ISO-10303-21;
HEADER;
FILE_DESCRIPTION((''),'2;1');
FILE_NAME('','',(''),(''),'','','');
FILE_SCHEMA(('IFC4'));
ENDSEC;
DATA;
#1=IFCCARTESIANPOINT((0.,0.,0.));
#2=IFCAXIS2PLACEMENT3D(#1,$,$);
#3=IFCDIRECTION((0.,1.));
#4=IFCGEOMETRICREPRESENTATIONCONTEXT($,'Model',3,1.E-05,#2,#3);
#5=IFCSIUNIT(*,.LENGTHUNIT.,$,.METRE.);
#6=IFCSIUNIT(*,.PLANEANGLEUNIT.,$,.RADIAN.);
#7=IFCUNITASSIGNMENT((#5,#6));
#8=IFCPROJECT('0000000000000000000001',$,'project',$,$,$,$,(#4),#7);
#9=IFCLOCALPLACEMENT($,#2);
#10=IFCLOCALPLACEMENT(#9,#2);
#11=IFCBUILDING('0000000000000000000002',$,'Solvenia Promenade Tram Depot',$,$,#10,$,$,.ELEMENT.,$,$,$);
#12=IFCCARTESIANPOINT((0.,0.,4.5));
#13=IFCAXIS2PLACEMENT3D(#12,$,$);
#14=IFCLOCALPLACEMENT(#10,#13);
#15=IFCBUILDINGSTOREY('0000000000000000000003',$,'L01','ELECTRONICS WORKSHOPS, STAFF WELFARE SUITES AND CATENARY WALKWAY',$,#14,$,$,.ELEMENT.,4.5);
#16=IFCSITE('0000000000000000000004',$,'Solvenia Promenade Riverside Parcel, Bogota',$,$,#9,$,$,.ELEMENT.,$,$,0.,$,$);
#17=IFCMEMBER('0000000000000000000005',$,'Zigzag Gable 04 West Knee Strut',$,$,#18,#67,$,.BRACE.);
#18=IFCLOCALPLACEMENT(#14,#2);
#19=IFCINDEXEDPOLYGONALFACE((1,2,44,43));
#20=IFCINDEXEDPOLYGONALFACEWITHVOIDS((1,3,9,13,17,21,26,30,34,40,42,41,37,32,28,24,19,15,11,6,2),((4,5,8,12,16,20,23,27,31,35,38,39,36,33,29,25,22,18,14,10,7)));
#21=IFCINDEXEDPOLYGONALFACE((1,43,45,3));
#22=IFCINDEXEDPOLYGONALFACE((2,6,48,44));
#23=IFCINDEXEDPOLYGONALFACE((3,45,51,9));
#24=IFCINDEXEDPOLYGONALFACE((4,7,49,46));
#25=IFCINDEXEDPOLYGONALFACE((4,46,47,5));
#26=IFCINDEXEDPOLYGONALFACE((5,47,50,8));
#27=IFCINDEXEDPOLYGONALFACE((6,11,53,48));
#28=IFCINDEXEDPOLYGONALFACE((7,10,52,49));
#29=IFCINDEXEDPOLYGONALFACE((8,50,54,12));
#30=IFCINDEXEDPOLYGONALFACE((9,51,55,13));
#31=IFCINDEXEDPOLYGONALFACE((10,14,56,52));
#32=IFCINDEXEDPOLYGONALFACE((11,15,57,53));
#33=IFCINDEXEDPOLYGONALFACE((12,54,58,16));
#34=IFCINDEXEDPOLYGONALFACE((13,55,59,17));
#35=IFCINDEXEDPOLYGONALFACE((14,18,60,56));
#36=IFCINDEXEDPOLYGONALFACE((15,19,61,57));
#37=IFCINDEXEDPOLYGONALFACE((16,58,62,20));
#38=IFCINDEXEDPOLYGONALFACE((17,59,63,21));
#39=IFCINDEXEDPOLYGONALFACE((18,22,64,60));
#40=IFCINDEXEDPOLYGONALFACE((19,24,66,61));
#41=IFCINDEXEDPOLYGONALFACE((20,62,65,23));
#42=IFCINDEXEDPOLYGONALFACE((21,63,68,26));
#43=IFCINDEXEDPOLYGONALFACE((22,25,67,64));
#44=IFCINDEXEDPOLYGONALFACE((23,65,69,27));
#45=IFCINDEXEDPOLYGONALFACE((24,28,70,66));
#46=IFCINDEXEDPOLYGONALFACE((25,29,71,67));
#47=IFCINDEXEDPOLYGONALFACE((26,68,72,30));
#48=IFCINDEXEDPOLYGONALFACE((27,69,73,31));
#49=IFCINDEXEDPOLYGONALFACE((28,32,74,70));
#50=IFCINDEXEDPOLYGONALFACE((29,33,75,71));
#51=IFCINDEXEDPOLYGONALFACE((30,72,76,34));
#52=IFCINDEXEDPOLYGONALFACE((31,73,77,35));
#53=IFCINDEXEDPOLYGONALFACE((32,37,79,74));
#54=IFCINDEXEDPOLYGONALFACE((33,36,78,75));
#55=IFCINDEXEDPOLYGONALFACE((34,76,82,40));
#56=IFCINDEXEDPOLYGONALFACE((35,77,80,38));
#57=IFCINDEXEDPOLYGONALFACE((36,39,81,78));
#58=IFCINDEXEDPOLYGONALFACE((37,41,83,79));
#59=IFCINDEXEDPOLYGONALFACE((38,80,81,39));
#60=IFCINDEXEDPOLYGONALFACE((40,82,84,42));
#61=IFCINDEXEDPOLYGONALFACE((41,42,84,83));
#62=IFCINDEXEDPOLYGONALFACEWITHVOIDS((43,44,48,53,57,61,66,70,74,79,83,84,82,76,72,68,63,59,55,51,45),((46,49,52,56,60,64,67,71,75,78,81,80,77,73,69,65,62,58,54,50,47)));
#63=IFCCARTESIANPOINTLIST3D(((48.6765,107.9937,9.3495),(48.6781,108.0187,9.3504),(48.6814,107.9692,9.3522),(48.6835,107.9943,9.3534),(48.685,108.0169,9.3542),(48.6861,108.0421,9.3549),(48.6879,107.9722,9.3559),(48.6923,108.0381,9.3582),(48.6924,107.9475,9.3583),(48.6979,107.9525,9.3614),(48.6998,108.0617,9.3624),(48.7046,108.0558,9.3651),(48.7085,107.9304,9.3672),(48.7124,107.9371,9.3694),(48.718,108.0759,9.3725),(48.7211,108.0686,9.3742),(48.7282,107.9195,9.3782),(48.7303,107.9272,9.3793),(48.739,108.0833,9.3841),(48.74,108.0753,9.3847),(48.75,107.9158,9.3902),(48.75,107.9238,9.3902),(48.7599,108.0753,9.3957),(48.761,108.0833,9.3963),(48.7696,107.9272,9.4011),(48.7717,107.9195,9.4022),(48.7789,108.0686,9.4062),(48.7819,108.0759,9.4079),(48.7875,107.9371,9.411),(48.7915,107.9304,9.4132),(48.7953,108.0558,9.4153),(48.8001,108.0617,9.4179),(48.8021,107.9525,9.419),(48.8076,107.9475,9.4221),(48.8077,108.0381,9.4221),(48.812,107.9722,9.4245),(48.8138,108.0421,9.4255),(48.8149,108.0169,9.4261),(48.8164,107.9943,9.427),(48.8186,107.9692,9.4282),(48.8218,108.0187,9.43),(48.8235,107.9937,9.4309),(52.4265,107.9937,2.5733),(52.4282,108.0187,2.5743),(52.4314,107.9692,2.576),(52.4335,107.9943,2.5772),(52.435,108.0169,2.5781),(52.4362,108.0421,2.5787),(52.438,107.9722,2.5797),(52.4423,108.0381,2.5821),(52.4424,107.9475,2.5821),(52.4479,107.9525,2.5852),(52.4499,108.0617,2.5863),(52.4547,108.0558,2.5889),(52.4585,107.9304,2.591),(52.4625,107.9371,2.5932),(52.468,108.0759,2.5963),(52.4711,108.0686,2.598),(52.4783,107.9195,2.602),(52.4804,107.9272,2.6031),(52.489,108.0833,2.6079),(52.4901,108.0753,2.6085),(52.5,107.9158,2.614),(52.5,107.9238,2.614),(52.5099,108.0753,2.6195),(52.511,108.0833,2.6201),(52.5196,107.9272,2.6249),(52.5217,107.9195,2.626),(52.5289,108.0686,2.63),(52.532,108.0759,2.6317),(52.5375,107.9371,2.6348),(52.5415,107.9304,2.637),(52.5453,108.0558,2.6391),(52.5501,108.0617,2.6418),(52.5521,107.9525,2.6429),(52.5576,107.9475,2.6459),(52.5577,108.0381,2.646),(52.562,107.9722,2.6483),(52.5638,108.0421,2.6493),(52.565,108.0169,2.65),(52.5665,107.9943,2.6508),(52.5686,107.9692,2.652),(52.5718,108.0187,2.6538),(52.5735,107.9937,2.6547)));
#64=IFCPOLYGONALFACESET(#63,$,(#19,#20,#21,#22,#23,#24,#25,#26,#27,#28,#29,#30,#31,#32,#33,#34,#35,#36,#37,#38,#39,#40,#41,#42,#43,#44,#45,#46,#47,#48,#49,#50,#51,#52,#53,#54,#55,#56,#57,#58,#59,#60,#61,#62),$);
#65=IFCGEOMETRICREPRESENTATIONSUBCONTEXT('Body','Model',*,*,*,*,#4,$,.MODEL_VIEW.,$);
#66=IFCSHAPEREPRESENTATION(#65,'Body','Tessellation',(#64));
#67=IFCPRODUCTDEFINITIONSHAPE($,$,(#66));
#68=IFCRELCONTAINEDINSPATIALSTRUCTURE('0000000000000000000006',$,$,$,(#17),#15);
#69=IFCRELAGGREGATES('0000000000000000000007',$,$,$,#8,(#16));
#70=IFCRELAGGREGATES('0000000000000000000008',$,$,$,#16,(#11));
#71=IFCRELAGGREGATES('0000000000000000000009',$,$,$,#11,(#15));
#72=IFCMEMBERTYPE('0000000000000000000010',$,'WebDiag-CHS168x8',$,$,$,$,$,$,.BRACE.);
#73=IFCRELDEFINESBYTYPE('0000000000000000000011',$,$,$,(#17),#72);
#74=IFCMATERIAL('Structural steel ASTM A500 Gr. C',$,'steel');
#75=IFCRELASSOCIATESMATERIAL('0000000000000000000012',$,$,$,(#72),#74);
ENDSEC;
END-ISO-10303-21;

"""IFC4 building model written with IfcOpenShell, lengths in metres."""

from ifc_helpers import new_model, si_unit, direction, frame, origin, origin_2d, place, context, subcontext, project, spatial, hollow_circle, extrude, material, material_profile, profile_set, type_object, element, save


model = new_model("IFC4")

# Units and contexts
model_context = context("Model", 3, precision=1e-05, world=origin(), true_north=direction((0.0, 1.0)))
body_context = subcontext(model_context, "Body", "Model", "MODEL_VIEW")
ifc_project = project(units=[si_unit("LENGTHUNIT", "METRE"), si_unit("PLANEANGLEUNIT", "RADIAN")], contexts=[model_context])

# Site, building, storey
site_placement = place(None, origin())
site = spatial("IfcSite", under=ifc_project, at=site_placement, Name="Solvenia Promenade Riverside Parcel, Bogota", CompositionType="ELEMENT", RefElevation=0.0)
building_placement = place(site_placement, origin())
building = spatial("IfcBuilding", under=site, at=building_placement, Name="Solvenia Promenade Tram Depot", CompositionType="ELEMENT")
storey_placement = place(building_placement, frame((0.0, 0.0, 4.5)))
storey = spatial("IfcBuildingStorey", under=building, at=storey_placement, Name="L01", Description="ELECTRONICS WORKSHOPS, STAFF WELFARE SUITES AND CATENARY WALKWAY", CompositionType="ELEMENT", Elevation=4.5)

# Shared definitions
ifc_material_1 = material(Name="Structural steel ASTM A500 Gr. C", Category="steel")

# Member
ifc_material_profile_1 = material_profile(ifc_material_1, hollow_circle(Radius=0.0842, WallThickness=0.0081, at=origin_2d()), Name="CHS168.3x8", Category="steel")
ifc_profile_set_1 = profile_set([ifc_material_profile_1], Name="Structural steel ASTM A500 Gr. C")
member_type_1 = type_object("IfcMemberType", Name="WebDiag-CHS168x8", PredefinedType="BRACE", material=ifc_profile_set_1)
member_1_placement = place(storey_placement, frame((52.5, 108.0, 2.614), z_axis=(-0.48421, 0.0, 0.874952), x_axis=(0.0, -1.0, 0.0)))
element("IfcMember", 1, at=member_1_placement, inside=storey, type_object=member_type_1, Name="Zigzag Gable 04 West Knee Strut", PredefinedType="BRACE", context=body_context, shape_type="SweptSolid", body=[
    extrude(hollow_circle(Radius=0.0842, WallThickness=0.0081, at=origin_2d()), origin(), (0.0, 0.0, 1.0), 7.7446),
])

save(model, "model.ifc")
